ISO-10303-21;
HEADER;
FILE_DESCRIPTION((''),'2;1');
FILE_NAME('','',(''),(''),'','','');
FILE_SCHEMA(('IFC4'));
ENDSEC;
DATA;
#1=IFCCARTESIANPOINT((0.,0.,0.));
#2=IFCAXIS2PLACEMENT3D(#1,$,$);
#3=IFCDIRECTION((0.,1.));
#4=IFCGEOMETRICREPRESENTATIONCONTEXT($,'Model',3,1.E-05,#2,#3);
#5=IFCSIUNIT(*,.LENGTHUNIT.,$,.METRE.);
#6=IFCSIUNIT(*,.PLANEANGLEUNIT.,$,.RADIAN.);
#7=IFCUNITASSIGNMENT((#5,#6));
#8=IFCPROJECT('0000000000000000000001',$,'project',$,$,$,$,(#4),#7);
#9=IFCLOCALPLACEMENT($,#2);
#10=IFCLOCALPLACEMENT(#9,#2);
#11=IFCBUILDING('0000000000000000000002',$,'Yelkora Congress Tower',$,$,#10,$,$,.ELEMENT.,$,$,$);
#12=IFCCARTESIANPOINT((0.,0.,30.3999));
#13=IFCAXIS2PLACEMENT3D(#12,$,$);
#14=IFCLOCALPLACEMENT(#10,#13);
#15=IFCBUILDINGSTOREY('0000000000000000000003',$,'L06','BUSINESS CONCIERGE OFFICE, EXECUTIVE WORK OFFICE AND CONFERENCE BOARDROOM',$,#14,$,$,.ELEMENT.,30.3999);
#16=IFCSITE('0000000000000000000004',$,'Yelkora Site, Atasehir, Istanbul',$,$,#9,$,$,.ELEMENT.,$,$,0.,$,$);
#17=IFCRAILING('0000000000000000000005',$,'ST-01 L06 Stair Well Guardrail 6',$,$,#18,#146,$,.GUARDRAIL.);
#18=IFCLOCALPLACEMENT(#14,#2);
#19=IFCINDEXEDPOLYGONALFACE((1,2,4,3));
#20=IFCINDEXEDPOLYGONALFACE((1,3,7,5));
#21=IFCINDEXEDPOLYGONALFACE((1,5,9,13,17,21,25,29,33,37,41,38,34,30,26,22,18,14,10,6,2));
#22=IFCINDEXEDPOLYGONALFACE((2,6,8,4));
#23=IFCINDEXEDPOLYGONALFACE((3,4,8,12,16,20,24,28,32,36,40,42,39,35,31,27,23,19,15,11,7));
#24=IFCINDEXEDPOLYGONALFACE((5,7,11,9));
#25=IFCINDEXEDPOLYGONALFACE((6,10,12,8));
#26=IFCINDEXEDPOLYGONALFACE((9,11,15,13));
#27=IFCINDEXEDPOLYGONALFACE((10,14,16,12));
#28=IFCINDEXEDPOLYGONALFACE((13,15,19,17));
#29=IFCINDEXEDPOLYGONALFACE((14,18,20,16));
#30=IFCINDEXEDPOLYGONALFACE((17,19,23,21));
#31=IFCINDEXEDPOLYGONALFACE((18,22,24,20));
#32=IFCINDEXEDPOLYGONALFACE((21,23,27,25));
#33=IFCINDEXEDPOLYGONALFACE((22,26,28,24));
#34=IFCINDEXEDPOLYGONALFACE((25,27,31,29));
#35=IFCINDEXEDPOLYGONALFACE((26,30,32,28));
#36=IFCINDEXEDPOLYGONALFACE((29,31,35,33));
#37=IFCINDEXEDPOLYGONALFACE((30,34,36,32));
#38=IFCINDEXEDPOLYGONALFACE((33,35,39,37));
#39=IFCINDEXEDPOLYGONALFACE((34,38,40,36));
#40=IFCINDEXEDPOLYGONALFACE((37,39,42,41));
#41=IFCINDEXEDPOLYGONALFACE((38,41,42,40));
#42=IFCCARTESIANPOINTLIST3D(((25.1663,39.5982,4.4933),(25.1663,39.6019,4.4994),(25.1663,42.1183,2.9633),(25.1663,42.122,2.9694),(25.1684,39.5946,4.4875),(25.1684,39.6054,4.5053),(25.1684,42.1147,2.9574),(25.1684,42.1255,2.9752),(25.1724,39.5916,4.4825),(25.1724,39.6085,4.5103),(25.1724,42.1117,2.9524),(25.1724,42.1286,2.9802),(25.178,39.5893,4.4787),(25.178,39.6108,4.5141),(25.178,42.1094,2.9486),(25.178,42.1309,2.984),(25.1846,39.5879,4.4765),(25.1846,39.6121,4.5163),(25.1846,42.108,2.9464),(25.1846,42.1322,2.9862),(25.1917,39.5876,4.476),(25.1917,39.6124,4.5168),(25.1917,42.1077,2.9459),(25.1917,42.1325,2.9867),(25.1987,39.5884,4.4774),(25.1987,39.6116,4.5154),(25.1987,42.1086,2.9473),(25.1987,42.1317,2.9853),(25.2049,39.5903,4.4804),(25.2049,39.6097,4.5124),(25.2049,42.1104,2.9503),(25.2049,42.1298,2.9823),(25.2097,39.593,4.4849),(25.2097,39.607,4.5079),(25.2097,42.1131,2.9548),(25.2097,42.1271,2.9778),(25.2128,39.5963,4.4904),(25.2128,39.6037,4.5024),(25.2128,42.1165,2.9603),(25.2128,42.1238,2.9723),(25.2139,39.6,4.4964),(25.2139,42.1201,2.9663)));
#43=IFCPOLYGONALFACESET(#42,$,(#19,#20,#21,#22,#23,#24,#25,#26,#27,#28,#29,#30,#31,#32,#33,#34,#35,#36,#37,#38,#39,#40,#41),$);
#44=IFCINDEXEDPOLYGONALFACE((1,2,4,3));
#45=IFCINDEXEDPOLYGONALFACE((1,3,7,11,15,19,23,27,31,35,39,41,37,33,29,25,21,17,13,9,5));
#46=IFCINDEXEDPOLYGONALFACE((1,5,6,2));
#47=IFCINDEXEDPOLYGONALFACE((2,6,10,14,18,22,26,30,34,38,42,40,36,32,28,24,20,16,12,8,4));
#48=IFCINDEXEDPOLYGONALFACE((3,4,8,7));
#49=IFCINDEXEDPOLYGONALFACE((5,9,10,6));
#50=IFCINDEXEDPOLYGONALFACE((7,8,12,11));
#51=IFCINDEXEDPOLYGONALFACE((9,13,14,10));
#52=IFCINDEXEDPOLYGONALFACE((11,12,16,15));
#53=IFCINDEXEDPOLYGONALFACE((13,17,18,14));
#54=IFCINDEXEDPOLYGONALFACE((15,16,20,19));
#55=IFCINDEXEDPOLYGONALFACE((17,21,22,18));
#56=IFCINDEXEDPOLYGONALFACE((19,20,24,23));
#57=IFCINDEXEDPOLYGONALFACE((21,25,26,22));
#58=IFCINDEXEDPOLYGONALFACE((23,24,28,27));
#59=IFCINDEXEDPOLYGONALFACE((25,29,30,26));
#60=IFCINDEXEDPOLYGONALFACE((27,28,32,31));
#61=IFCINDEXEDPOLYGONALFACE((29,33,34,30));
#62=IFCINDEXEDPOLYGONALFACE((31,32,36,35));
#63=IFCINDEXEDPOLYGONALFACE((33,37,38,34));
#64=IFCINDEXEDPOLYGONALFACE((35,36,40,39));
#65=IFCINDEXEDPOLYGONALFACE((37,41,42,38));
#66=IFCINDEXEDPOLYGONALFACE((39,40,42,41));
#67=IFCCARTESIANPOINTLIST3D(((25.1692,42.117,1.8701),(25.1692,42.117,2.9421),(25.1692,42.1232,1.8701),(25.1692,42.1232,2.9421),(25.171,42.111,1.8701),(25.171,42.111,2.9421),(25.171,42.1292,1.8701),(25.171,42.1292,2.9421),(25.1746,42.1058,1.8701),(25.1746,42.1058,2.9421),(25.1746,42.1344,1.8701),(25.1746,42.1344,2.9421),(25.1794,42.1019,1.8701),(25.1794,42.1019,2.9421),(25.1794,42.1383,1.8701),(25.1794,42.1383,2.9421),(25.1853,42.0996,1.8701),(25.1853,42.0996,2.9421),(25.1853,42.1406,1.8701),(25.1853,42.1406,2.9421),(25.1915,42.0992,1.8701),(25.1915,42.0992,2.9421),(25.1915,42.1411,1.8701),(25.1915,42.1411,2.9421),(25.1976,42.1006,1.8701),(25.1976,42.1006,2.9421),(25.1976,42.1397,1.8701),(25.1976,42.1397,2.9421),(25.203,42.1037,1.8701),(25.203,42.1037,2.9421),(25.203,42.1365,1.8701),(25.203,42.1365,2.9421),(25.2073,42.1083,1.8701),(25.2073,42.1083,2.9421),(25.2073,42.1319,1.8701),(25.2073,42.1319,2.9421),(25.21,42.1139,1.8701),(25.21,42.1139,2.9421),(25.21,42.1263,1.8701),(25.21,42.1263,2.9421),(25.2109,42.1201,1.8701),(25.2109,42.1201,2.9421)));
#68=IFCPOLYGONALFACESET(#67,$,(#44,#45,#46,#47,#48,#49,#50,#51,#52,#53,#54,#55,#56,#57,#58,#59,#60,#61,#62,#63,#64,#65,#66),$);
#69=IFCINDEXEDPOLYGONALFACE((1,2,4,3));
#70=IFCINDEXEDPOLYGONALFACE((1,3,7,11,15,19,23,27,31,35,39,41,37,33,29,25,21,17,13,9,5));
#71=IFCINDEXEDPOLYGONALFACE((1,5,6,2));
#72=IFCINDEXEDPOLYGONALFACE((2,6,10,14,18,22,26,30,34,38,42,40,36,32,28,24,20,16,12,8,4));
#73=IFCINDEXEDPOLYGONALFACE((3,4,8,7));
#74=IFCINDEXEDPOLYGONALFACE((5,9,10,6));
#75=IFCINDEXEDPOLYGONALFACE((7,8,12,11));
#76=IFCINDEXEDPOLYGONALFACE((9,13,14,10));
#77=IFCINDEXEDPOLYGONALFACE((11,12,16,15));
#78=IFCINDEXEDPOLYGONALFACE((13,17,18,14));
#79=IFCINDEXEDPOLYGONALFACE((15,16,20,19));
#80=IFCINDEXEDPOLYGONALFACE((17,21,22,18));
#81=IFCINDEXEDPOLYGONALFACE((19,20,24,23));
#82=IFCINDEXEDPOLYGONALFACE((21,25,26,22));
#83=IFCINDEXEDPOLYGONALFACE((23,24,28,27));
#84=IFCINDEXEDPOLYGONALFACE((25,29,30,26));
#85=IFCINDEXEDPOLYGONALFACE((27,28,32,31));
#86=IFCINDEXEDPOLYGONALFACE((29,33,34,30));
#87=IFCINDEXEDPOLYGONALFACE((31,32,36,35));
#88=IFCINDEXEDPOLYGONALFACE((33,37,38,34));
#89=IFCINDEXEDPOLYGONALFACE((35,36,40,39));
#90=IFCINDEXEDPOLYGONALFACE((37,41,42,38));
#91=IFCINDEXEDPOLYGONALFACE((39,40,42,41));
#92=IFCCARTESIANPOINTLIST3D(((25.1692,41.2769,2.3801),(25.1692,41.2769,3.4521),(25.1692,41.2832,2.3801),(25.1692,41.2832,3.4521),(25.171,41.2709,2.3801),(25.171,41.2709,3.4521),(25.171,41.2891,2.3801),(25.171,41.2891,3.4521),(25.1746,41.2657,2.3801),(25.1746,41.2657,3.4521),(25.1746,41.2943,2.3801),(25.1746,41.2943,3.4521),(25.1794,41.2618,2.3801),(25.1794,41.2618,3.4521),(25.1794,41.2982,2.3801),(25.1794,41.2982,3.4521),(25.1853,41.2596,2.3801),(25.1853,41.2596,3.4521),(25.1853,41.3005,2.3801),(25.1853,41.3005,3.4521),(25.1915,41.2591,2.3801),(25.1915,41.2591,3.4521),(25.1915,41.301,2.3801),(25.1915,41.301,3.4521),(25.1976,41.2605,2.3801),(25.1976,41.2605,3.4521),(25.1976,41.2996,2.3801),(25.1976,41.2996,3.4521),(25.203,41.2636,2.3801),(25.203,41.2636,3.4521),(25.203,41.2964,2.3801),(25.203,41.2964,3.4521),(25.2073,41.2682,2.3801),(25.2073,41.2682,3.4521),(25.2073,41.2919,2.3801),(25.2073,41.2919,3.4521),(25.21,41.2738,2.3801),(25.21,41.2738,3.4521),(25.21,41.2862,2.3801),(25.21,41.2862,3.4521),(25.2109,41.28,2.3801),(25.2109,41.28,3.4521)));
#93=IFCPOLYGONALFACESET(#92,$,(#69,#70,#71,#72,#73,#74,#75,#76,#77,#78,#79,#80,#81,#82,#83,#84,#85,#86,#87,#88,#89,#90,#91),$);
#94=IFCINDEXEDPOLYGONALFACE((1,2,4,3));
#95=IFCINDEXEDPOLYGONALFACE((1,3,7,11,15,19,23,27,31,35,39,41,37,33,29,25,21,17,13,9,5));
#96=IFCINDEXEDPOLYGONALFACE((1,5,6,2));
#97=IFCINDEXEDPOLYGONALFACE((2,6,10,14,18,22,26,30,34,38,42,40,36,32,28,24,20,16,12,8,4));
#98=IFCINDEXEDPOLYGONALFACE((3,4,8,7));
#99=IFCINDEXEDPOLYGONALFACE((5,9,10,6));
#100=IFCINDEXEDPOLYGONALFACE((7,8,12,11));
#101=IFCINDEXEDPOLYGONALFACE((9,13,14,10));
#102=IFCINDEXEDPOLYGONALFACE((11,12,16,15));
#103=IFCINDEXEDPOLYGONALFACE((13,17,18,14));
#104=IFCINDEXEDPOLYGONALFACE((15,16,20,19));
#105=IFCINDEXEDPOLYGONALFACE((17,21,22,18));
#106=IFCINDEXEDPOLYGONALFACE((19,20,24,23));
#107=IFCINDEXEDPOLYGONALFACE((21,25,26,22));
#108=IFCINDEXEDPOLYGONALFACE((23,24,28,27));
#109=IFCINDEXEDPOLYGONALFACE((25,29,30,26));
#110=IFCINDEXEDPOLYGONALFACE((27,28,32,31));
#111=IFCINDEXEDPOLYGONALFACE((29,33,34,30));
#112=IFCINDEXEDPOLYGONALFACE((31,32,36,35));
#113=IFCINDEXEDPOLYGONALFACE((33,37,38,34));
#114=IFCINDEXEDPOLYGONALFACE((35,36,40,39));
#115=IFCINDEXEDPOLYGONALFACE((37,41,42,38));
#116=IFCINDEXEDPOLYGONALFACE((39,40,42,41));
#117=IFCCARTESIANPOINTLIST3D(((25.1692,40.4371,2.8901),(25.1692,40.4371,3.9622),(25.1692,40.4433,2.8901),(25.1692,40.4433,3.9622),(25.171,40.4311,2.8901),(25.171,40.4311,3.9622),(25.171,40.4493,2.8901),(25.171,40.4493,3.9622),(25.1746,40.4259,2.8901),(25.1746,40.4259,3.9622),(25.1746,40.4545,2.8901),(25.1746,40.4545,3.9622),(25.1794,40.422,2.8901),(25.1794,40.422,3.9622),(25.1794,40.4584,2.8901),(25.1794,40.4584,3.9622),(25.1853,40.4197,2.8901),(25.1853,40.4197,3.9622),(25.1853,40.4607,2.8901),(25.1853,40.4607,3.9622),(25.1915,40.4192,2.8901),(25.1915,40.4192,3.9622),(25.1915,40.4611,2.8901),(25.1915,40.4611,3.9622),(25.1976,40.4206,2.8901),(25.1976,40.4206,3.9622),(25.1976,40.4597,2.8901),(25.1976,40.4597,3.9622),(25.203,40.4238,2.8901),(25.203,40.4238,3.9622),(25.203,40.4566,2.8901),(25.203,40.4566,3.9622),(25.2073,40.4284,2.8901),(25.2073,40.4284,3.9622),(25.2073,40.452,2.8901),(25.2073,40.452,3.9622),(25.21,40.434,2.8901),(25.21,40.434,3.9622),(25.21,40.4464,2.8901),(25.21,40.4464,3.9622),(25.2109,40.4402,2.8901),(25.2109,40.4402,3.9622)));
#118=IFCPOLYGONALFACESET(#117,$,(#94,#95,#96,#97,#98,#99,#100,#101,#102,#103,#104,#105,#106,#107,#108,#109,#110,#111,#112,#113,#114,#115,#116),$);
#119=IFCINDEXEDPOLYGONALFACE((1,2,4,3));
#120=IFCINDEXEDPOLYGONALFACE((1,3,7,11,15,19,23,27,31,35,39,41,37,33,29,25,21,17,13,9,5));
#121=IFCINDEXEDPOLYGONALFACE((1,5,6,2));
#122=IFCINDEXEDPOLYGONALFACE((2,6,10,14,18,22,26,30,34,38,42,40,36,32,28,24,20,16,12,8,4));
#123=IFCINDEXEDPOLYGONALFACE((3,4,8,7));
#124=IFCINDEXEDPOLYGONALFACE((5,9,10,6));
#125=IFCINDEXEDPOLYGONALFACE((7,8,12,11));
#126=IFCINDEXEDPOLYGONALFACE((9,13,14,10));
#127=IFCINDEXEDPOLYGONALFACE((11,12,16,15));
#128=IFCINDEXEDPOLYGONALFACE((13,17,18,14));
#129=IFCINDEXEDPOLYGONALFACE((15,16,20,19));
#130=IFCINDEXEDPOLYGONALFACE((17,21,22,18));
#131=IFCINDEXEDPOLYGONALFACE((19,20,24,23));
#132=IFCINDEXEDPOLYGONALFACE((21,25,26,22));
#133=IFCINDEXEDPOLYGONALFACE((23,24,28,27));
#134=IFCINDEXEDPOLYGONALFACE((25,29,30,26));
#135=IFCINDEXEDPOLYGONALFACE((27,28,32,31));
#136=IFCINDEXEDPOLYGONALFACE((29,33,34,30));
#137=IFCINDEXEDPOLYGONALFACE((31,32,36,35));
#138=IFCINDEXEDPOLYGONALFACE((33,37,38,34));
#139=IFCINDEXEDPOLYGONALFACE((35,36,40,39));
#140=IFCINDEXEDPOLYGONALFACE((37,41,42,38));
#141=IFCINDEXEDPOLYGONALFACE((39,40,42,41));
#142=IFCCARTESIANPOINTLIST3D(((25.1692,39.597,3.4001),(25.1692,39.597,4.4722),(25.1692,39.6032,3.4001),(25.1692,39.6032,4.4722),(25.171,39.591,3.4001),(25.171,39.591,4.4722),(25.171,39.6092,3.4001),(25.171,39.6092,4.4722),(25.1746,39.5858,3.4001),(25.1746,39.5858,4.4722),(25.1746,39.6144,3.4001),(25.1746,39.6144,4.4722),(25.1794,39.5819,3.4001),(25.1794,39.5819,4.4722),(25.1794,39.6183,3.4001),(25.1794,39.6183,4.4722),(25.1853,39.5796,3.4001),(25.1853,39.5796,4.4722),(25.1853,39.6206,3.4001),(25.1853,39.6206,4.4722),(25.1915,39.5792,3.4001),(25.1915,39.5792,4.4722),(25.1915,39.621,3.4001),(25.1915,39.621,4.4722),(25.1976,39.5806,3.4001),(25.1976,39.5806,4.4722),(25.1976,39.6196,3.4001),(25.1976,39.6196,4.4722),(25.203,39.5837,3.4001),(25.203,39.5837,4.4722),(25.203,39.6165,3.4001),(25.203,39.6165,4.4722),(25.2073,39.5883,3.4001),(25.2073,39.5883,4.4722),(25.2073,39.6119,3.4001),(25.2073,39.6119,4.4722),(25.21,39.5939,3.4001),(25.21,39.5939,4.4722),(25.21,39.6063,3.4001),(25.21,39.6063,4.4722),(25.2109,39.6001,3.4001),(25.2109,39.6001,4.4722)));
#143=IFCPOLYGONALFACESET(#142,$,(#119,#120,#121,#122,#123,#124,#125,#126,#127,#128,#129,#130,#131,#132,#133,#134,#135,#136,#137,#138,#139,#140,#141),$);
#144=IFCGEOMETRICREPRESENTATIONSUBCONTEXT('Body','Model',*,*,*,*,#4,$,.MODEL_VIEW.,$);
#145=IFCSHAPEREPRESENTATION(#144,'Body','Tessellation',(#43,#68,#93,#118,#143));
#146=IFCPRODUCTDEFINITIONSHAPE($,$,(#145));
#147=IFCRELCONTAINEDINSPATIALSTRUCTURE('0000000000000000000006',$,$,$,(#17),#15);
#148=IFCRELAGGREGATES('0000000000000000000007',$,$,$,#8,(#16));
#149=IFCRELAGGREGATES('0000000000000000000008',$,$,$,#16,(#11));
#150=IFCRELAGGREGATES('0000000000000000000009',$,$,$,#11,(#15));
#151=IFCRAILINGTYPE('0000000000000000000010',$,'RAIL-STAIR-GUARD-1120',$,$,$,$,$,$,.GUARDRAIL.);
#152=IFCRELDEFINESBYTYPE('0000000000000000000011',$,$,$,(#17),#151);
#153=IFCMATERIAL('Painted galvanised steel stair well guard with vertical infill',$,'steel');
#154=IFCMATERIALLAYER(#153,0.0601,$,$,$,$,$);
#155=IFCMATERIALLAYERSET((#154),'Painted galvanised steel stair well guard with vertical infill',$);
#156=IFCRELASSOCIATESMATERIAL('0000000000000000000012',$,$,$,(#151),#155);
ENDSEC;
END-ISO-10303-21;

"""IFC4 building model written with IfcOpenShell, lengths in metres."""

from ifc_helpers import new_model, si_unit, direction, frame, origin, origin_2d, place, context, subcontext, project, spatial, circle, extrude, material, layer, layer_set, type_object, element, save


model = new_model("IFC4")

# Units and contexts
model_context = context("Model", 3, precision=1e-05, world=origin(), true_north=direction((0.0, 1.0)))
body_context = subcontext(model_context, "Body", "Model", "MODEL_VIEW")
ifc_project = project(units=[si_unit("LENGTHUNIT", "METRE"), si_unit("PLANEANGLEUNIT", "RADIAN")], contexts=[model_context])

# Site, building, storey
site_placement = place(None, origin())
site = spatial("IfcSite", under=ifc_project, at=site_placement, Name="Yelkora Site, Atasehir, Istanbul", CompositionType="ELEMENT", RefElevation=0.0)
building_placement = place(site_placement, origin())
building = spatial("IfcBuilding", under=site, at=building_placement, Name="Yelkora Congress Tower", CompositionType="ELEMENT")
storey_placement = place(building_placement, frame((0.0, 0.0, 30.3999)))
storey = spatial("IfcBuildingStorey", under=building, at=storey_placement, Name="L06", Description="BUSINESS CONCIERGE OFFICE, EXECUTIVE WORK OFFICE AND CONFERENCE BOARDROOM", CompositionType="ELEMENT", Elevation=30.3999)

# Railing
ifc_material_1 = material(Name="Painted galvanised steel stair well guard with vertical infill", Category="steel")
ifc_layer_1 = layer(ifc_material_1, 0.0601)
ifc_layer_set_1 = layer_set([ifc_layer_1], Name="Painted galvanised steel stair well guard with vertical infill")
railing_type = type_object("IfcRailingType", Name="RAIL-STAIR-GUARD-1120", PredefinedType="GUARDRAIL", material=ifc_layer_set_1)
railing_1_placement = place(storey_placement, frame((25.1899, 42.1201, 1.8701)))
element("IfcRailing", 1, at=railing_1_placement, inside=storey, type_object=railing_type, Name="ST-01 L06 Stair Well Guardrail 6", PredefinedType="GUARDRAIL", context=body_context, shape_type="SweptSolid", body=[
    extrude(circle(Radius=0.0239, at=origin_2d()), frame((0.0, 0.0, 1.0962), z_axis=(0.0, -0.854785, 0.518982), x_axis=(1.0, 0.0, 0.0)), (0.0, 0.0, 1.0), 2.9482),
    extrude(circle(Radius=0.021, at=origin_2d()), origin(), (0.0, 0.0, 1.0), 1.072),
    extrude(circle(Radius=0.021, at=origin_2d()), frame((0.0, -0.8401, 0.51)), (0.0, 0.0, 1.0), 1.072),
    extrude(circle(Radius=0.021, at=origin_2d()), frame((0.0, -1.6799, 1.02)), (0.0, 0.0, 1.0), 1.072),
    extrude(circle(Radius=0.021, at=origin_2d()), frame((0.0, -2.52, 1.53)), (0.0, 0.0, 1.0), 1.072),
])

save(model, "model.ifc")
